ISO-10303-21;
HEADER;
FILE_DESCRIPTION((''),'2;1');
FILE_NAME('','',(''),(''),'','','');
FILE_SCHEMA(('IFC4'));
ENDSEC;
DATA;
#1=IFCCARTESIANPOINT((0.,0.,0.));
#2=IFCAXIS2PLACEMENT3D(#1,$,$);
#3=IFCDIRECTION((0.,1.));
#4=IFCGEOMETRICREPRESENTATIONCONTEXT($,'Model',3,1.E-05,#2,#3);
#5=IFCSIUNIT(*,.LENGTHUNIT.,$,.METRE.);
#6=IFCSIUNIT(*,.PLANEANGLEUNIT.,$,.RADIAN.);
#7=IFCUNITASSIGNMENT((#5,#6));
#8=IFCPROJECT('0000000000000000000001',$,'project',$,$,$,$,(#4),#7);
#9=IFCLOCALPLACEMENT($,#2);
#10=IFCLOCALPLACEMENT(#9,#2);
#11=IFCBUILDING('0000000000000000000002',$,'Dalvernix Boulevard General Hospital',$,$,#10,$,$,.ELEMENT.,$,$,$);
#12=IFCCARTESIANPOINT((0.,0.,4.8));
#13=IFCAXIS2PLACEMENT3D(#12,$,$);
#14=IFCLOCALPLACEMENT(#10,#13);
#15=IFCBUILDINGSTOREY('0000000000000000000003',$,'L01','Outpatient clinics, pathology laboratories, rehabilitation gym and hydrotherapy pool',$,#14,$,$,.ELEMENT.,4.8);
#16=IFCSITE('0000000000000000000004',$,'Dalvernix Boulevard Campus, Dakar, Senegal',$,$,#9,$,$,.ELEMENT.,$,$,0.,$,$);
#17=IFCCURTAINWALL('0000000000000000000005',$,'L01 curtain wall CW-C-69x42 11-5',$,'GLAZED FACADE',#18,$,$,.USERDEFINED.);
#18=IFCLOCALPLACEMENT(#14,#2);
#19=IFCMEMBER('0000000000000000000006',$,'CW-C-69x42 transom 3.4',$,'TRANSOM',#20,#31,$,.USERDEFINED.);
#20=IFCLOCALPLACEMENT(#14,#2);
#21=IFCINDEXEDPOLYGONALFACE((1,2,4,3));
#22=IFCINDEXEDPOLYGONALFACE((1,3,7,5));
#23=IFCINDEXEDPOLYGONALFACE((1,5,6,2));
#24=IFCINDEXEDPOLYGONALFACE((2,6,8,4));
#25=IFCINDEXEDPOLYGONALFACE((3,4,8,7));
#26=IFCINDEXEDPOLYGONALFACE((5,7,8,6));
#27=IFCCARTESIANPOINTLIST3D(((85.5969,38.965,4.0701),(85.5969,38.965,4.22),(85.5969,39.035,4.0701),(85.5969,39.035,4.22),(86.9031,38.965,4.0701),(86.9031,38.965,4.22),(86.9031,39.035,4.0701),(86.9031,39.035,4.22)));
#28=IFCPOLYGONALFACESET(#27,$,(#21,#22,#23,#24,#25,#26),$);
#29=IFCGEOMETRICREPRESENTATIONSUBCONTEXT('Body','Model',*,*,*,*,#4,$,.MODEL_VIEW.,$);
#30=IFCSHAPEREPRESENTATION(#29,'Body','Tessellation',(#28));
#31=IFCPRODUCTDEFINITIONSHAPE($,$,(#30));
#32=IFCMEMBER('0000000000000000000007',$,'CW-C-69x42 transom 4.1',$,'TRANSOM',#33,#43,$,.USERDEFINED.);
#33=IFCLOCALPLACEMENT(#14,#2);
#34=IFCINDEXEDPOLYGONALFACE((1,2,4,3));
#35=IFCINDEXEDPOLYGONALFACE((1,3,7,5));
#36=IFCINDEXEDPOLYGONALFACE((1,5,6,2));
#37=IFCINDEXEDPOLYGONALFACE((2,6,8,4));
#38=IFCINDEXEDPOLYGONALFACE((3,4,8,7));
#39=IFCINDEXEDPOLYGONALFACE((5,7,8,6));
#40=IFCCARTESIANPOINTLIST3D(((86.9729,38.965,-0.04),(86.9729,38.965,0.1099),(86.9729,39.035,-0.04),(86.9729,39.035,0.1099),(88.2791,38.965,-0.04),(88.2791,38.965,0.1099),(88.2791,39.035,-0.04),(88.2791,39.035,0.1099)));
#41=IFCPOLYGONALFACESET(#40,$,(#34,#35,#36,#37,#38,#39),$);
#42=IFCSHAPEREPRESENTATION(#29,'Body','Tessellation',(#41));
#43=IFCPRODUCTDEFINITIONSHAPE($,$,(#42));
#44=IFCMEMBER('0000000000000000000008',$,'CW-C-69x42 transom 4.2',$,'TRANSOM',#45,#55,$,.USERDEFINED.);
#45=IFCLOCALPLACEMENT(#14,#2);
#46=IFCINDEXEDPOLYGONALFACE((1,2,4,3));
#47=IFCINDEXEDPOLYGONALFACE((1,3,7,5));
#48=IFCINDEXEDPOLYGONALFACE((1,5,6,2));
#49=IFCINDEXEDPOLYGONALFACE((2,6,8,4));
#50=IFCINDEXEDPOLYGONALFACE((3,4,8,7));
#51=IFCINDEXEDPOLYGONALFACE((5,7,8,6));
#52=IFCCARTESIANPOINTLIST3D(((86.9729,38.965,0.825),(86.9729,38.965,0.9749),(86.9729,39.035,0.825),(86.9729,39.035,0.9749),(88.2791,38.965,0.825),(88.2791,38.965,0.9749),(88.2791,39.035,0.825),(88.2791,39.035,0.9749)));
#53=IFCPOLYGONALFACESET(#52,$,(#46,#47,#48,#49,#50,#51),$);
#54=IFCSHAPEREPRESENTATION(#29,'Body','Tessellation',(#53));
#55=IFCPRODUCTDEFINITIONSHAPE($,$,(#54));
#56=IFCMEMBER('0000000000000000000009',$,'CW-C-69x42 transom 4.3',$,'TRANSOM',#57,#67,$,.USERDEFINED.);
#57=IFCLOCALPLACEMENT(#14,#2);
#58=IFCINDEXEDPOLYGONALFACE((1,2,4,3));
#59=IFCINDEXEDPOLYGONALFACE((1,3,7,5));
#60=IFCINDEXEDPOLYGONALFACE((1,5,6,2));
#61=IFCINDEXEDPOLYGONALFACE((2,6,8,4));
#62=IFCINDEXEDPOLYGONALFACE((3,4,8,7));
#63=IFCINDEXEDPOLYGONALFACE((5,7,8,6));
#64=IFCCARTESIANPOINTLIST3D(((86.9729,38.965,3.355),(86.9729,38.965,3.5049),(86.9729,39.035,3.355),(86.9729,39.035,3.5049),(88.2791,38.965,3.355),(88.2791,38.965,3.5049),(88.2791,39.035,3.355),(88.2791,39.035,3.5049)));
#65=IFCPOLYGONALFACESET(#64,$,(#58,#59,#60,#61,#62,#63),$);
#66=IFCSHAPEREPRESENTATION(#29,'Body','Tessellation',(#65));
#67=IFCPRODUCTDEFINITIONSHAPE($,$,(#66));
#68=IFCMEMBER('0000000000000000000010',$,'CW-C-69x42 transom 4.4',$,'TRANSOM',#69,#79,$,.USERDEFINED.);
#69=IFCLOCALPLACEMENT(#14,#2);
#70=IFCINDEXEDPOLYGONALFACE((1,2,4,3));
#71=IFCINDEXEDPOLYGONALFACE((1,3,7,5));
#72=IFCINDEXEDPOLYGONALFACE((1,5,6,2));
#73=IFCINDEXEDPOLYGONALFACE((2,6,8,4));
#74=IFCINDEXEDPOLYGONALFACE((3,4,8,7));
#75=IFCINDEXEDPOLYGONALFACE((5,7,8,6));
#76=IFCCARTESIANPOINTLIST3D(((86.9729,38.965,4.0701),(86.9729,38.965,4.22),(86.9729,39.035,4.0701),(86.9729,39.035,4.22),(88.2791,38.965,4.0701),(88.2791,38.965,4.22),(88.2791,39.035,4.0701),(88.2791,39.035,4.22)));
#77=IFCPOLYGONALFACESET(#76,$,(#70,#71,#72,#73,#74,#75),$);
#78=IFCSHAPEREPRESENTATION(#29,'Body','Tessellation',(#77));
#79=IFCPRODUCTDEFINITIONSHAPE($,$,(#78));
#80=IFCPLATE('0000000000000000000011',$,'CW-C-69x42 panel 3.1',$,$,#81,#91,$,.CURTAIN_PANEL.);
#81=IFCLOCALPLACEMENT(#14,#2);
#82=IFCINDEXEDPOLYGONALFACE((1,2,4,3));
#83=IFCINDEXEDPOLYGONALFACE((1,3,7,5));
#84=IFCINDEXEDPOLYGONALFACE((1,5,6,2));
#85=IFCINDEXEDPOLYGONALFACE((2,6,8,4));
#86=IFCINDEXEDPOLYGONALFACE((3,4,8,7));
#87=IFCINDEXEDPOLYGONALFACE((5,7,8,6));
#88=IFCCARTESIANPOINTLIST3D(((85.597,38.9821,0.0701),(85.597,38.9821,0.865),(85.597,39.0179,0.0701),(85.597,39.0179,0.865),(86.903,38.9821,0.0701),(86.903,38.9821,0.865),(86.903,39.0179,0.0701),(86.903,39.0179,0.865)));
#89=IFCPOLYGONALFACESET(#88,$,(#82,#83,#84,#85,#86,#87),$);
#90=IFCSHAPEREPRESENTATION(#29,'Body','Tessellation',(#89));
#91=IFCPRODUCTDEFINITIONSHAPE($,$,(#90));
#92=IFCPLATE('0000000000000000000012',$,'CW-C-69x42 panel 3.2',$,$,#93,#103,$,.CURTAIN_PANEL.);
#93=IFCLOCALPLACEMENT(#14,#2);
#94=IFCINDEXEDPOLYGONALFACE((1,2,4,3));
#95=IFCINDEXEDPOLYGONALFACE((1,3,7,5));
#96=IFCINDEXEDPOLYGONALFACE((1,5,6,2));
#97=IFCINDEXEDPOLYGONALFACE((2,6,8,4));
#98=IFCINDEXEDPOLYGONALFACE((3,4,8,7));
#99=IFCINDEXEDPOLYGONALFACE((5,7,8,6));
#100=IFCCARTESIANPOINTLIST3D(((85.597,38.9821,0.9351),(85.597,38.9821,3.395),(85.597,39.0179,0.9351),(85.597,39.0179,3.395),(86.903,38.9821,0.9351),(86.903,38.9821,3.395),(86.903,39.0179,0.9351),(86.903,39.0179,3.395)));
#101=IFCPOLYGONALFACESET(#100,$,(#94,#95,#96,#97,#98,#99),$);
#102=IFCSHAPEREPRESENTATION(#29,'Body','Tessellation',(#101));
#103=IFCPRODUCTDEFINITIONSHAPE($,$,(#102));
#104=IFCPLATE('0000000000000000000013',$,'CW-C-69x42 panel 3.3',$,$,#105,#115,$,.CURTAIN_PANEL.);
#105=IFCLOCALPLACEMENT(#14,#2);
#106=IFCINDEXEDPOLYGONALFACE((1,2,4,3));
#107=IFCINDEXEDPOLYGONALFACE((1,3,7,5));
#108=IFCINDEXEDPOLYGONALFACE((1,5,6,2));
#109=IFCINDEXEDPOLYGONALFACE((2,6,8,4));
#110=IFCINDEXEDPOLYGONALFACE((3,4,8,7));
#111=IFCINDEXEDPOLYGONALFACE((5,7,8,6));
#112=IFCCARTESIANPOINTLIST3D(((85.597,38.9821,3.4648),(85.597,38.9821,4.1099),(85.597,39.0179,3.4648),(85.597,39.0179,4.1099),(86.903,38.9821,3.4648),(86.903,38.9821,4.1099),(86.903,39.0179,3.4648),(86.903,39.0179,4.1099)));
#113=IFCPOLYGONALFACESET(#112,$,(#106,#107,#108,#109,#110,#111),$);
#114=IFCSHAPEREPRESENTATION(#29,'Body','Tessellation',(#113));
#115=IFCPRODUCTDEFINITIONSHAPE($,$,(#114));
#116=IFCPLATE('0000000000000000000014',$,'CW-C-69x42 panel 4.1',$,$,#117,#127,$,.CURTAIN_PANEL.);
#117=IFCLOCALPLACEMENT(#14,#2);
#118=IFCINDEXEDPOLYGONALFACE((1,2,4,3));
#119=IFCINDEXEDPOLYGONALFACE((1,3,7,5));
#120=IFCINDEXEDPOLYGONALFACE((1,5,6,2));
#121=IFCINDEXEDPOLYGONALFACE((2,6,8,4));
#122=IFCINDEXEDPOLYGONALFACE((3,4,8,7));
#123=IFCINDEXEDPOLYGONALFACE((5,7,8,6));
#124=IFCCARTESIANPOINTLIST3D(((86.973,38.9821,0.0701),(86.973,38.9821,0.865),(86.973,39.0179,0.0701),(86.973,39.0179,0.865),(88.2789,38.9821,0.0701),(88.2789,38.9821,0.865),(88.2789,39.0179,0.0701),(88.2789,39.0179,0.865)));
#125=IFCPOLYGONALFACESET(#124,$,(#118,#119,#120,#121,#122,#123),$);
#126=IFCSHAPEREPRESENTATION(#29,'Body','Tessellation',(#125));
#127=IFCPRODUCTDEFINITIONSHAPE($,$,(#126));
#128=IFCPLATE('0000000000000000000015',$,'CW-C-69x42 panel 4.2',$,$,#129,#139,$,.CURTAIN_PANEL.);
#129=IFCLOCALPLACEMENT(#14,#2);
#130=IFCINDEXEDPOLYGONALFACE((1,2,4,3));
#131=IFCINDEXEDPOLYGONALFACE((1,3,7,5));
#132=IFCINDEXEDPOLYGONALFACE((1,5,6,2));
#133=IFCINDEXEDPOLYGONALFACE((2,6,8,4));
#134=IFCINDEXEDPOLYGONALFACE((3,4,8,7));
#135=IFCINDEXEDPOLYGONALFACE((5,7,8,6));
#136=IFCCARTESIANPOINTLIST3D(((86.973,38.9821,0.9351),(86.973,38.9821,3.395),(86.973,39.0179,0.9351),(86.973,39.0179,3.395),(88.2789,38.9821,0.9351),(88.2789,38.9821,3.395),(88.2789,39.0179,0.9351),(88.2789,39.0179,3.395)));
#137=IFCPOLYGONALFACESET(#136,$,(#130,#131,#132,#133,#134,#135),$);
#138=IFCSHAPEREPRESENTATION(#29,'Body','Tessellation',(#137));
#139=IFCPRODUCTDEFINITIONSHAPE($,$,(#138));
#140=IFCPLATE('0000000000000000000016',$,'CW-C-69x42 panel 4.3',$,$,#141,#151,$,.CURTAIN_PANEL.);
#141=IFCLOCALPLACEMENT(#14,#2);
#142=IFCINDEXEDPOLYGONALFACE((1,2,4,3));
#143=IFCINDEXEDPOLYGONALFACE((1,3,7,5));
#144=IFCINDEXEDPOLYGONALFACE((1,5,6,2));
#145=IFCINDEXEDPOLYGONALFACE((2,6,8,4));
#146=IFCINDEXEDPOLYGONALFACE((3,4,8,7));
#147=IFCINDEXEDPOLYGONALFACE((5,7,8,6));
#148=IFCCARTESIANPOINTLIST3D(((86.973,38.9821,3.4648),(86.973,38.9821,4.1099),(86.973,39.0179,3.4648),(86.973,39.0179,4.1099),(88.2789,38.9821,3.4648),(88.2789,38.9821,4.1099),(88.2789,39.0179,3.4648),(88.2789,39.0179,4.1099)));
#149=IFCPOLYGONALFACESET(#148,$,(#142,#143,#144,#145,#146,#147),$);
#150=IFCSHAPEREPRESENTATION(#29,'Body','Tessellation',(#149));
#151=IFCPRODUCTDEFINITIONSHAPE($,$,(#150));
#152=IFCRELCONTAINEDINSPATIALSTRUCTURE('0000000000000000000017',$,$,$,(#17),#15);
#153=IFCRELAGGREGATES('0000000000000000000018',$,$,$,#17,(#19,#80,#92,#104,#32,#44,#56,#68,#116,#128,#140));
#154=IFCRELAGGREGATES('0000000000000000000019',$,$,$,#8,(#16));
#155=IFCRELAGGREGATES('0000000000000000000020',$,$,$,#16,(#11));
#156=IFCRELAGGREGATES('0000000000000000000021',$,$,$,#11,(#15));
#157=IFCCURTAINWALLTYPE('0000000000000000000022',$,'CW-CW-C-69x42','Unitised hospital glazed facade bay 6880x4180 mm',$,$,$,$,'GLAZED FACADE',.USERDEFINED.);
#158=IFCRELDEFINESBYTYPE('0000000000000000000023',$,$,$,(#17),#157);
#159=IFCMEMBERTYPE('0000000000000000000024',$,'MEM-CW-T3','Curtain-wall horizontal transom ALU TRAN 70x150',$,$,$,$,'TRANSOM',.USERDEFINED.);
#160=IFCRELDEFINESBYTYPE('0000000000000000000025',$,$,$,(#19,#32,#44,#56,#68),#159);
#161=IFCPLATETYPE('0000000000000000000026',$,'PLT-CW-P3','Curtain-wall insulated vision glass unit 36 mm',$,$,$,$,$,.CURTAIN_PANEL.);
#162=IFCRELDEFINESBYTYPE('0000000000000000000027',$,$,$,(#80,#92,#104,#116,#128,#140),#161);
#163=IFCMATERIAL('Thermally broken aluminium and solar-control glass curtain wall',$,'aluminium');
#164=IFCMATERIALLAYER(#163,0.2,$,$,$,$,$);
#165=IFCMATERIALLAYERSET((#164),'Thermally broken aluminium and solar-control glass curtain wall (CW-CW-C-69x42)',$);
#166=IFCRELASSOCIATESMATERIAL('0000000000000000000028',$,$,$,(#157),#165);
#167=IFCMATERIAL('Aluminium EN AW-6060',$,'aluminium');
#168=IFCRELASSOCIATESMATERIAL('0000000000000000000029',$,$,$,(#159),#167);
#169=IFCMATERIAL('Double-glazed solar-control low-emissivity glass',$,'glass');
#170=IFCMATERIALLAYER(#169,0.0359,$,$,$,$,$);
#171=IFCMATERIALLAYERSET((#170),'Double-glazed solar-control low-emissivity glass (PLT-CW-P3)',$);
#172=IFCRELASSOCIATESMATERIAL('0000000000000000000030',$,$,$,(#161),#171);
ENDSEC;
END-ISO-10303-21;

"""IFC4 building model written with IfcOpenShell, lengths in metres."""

from ifc_helpers import new_model, si_unit, direction, frame, origin, origin_2d, place, context, subcontext, project, spatial, rectangle, extrude, material, layer, layer_set, material_profile, profile_set, type_object, element, aggregate, save


model = new_model("IFC4")

# Units and contexts
model_context = context("Model", 3, precision=1e-05, world=origin(), true_north=direction((0.0, 1.0)))
body_context = subcontext(model_context, "Body", "Model", "MODEL_VIEW")
ifc_project = project(units=[si_unit("LENGTHUNIT", "METRE"), si_unit("PLANEANGLEUNIT", "RADIAN")], contexts=[model_context])

# Site, building, storey
site_placement = place(None, origin())
site = spatial("IfcSite", under=ifc_project, at=site_placement, Name="Dalvernix Boulevard Campus, Dakar, Senegal", CompositionType="ELEMENT", RefElevation=0.0)
building_placement = place(site_placement, origin())
building = spatial("IfcBuilding", under=site, at=building_placement, Name="Dalvernix Boulevard General Hospital", CompositionType="ELEMENT")
storey_placement = place(building_placement, frame((0.0, 0.0, 4.8)))
storey = spatial("IfcBuildingStorey", under=building, at=storey_placement, Name="L01", Description="Outpatient clinics, pathology laboratories, rehabilitation gym and hydrotherapy pool", CompositionType="ELEMENT", Elevation=4.8)

# Curtain wall, members, plates
ifc_material_1 = material(Name="Thermally broken aluminium and solar-control glass curtain wall", Category="aluminium")
ifc_layer_1 = layer(ifc_material_1, 0.2)
ifc_layer_set_1 = layer_set([ifc_layer_1], Name="Thermally broken aluminium and solar-control glass curtain wall (CW-CW-C-69x42)")
curtain_wall_type = type_object("IfcCurtainWallType", Name="CW-CW-C-69x42", Description="Unitised hospital glazed facade bay 6880x4180 mm", ElementType="GLAZED FACADE", PredefinedType="USERDEFINED", material=ifc_layer_set_1)
curtain_wall_placement = place(storey_placement, origin())
curtain_wall = element("IfcCurtainWall", 1, at=curtain_wall_placement, inside=storey, type_object=curtain_wall_type, Name="L01 curtain wall CW-C-69x42 11-5", ObjectType="GLAZED FACADE", PredefinedType="USERDEFINED")
ifc_material_2 = material(Name="Aluminium EN AW-6060", Category="aluminium")
ifc_material_profile_1 = material_profile(ifc_material_2, rectangle(XDim=0.0701, YDim=0.1499, at=origin_2d()), Name="ALU TRAN 70x150")
ifc_profile_set_1 = profile_set([ifc_material_profile_1], Name="Aluminium EN AW-6060")
member_type_1 = type_object("IfcMemberType", Name="MEM-CW-T3", Description="Curtain-wall horizontal transom ALU TRAN 70x150", ElementType="TRANSOM", PredefinedType="USERDEFINED", material=ifc_profile_set_1)
member_1_placement = place(storey_placement, frame((85.5969, 39.0, 4.145), z_axis=(1.0, 0.0, 0.0), x_axis=(0.0, 1.0, 0.0)))
member_1 = element("IfcMember", 2, at=member_1_placement, type_object=member_type_1, Name="CW-C-69x42 transom 3.4", ObjectType="TRANSOM", PredefinedType="USERDEFINED", context=body_context, shape_type="SweptSolid", body=[
    extrude(rectangle(XDim=0.0701, YDim=0.1499, at=origin_2d()), origin(), (0.0, 0.0, 1.0), 1.3062),
])
member_2_placement = place(storey_placement, frame((86.9729, 39.0, 0.0349), z_axis=(1.0, 0.0, 0.0), x_axis=(0.0, 1.0, 0.0)))
member_2 = element("IfcMember", 3, at=member_2_placement, type_object=member_type_1, Name="CW-C-69x42 transom 4.1", ObjectType="TRANSOM", PredefinedType="USERDEFINED", context=body_context, shape_type="SweptSolid", body=[
    extrude(rectangle(XDim=0.0701, YDim=0.1499, at=origin_2d()), origin(), (0.0, 0.0, 1.0), 1.3062),
])
member_3_placement = place(storey_placement, frame((86.9729, 39.0, 0.8999), z_axis=(1.0, 0.0, 0.0), x_axis=(0.0, 1.0, 0.0)))
member_3 = element("IfcMember", 4, at=member_3_placement, type_object=member_type_1, Name="CW-C-69x42 transom 4.2", ObjectType="TRANSOM", PredefinedType="USERDEFINED", context=body_context, shape_type="SweptSolid", body=[
    extrude(rectangle(XDim=0.0701, YDim=0.1499, at=origin_2d()), origin(), (0.0, 0.0, 1.0), 1.3062),
])
member_4_placement = place(storey_placement, frame((86.9729, 39.0, 3.4299), z_axis=(1.0, 0.0, 0.0), x_axis=(0.0, 1.0, 0.0)))
member_4 = element("IfcMember", 5, at=member_4_placement, type_object=member_type_1, Name="CW-C-69x42 transom 4.3", ObjectType="TRANSOM", PredefinedType="USERDEFINED", context=body_context, shape_type="SweptSolid", body=[
    extrude(rectangle(XDim=0.0701, YDim=0.1499, at=origin_2d()), origin(), (0.0, 0.0, 1.0), 1.3062),
])
member_5_placement = place(storey_placement, frame((86.9729, 39.0, 4.145), z_axis=(1.0, 0.0, 0.0), x_axis=(0.0, 1.0, 0.0)))
member_5 = element("IfcMember", 6, at=member_5_placement, type_object=member_type_1, Name="CW-C-69x42 transom 4.4", ObjectType="TRANSOM", PredefinedType="USERDEFINED", context=body_context, shape_type="SweptSolid", body=[
    extrude(rectangle(XDim=0.0701, YDim=0.1499, at=origin_2d()), origin(), (0.0, 0.0, 1.0), 1.3062),
])
ifc_material_3 = material(Name="Double-glazed solar-control low-emissivity glass", Category="glass")
ifc_layer_2 = layer(ifc_material_3, 0.0359)
ifc_layer_set_2 = layer_set([ifc_layer_2], Name="Double-glazed solar-control low-emissivity glass (PLT-CW-P3)")
plate_type = type_object("IfcPlateType", Name="PLT-CW-P3", Description="Curtain-wall insulated vision glass unit 36 mm", PredefinedType="CURTAIN_PANEL", material=ifc_layer_set_2)
plate_1_placement = place(storey_placement, frame((86.25, 39.0, 0.0701), z_axis=(0.0, 0.0, 1.0), x_axis=(1.0, 0.0, 0.0)))
plate_1 = element("IfcPlate", 7, at=plate_1_placement, type_object=plate_type, Name="CW-C-69x42 panel 3.1", PredefinedType="CURTAIN_PANEL", context=body_context, shape_type="SweptSolid", body=[
    extrude(rectangle(XDim=1.3059, YDim=0.0359, at=origin_2d()), origin(), (0.0, 0.0, 1.0), 0.7949),
])
plate_2_placement = place(storey_placement, frame((86.25, 39.0, 0.9351), z_axis=(0.0, 0.0, 1.0), x_axis=(1.0, 0.0, 0.0)))
plate_2 = element("IfcPlate", 8, at=plate_2_placement, type_object=plate_type, Name="CW-C-69x42 panel 3.2", PredefinedType="CURTAIN_PANEL", context=body_context, shape_type="SweptSolid", body=[
    extrude(rectangle(XDim=1.3059, YDim=0.0359, at=origin_2d()), origin(), (0.0, 0.0, 1.0), 2.46),
])
plate_3_placement = place(storey_placement, frame((86.25, 39.0, 3.4648), z_axis=(0.0, 0.0, 1.0), x_axis=(1.0, 0.0, 0.0)))
plate_3 = element("IfcPlate", 9, at=plate_3_placement, type_object=plate_type, Name="CW-C-69x42 panel 3.3", PredefinedType="CURTAIN_PANEL", context=body_context, shape_type="SweptSolid", body=[
    extrude(rectangle(XDim=1.3059, YDim=0.0359, at=origin_2d()), origin(), (0.0, 0.0, 1.0), 0.645),
])
plate_4_placement = place(storey_placement, frame((87.626, 39.0, 0.0701), z_axis=(0.0, 0.0, 1.0), x_axis=(1.0, 0.0, 0.0)))
plate_4 = element("IfcPlate", 10, at=plate_4_placement, type_object=plate_type, Name="CW-C-69x42 panel 4.1", PredefinedType="CURTAIN_PANEL", context=body_context, shape_type="SweptSolid", body=[
    extrude(rectangle(XDim=1.3059, YDim=0.0359, at=origin_2d()), origin(), (0.0, 0.0, 1.0), 0.7949),
])
plate_5_placement = place(storey_placement, frame((87.626, 39.0, 0.9351), z_axis=(0.0, 0.0, 1.0), x_axis=(1.0, 0.0, 0.0)))
plate_5 = element("IfcPlate", 11, at=plate_5_placement, type_object=plate_type, Name="CW-C-69x42 panel 4.2", PredefinedType="CURTAIN_PANEL", context=body_context, shape_type="SweptSolid", body=[
    extrude(rectangle(XDim=1.3059, YDim=0.0359, at=origin_2d()), origin(), (0.0, 0.0, 1.0), 2.46),
])
plate_6_placement = place(storey_placement, frame((87.626, 39.0, 3.4648), z_axis=(0.0, 0.0, 1.0), x_axis=(1.0, 0.0, 0.0)))
plate_6 = element("IfcPlate", 12, at=plate_6_placement, type_object=plate_type, Name="CW-C-69x42 panel 4.3", PredefinedType="CURTAIN_PANEL", context=body_context, shape_type="SweptSolid", body=[
    extrude(rectangle(XDim=1.3059, YDim=0.0359, at=origin_2d()), origin(), (0.0, 0.0, 1.0), 0.645),
])
aggregate(curtain_wall, [member_1, plate_1, plate_2, plate_3, member_2, member_3, member_4, member_5, plate_4, plate_5, plate_6])

save(model, "model.ifc")
